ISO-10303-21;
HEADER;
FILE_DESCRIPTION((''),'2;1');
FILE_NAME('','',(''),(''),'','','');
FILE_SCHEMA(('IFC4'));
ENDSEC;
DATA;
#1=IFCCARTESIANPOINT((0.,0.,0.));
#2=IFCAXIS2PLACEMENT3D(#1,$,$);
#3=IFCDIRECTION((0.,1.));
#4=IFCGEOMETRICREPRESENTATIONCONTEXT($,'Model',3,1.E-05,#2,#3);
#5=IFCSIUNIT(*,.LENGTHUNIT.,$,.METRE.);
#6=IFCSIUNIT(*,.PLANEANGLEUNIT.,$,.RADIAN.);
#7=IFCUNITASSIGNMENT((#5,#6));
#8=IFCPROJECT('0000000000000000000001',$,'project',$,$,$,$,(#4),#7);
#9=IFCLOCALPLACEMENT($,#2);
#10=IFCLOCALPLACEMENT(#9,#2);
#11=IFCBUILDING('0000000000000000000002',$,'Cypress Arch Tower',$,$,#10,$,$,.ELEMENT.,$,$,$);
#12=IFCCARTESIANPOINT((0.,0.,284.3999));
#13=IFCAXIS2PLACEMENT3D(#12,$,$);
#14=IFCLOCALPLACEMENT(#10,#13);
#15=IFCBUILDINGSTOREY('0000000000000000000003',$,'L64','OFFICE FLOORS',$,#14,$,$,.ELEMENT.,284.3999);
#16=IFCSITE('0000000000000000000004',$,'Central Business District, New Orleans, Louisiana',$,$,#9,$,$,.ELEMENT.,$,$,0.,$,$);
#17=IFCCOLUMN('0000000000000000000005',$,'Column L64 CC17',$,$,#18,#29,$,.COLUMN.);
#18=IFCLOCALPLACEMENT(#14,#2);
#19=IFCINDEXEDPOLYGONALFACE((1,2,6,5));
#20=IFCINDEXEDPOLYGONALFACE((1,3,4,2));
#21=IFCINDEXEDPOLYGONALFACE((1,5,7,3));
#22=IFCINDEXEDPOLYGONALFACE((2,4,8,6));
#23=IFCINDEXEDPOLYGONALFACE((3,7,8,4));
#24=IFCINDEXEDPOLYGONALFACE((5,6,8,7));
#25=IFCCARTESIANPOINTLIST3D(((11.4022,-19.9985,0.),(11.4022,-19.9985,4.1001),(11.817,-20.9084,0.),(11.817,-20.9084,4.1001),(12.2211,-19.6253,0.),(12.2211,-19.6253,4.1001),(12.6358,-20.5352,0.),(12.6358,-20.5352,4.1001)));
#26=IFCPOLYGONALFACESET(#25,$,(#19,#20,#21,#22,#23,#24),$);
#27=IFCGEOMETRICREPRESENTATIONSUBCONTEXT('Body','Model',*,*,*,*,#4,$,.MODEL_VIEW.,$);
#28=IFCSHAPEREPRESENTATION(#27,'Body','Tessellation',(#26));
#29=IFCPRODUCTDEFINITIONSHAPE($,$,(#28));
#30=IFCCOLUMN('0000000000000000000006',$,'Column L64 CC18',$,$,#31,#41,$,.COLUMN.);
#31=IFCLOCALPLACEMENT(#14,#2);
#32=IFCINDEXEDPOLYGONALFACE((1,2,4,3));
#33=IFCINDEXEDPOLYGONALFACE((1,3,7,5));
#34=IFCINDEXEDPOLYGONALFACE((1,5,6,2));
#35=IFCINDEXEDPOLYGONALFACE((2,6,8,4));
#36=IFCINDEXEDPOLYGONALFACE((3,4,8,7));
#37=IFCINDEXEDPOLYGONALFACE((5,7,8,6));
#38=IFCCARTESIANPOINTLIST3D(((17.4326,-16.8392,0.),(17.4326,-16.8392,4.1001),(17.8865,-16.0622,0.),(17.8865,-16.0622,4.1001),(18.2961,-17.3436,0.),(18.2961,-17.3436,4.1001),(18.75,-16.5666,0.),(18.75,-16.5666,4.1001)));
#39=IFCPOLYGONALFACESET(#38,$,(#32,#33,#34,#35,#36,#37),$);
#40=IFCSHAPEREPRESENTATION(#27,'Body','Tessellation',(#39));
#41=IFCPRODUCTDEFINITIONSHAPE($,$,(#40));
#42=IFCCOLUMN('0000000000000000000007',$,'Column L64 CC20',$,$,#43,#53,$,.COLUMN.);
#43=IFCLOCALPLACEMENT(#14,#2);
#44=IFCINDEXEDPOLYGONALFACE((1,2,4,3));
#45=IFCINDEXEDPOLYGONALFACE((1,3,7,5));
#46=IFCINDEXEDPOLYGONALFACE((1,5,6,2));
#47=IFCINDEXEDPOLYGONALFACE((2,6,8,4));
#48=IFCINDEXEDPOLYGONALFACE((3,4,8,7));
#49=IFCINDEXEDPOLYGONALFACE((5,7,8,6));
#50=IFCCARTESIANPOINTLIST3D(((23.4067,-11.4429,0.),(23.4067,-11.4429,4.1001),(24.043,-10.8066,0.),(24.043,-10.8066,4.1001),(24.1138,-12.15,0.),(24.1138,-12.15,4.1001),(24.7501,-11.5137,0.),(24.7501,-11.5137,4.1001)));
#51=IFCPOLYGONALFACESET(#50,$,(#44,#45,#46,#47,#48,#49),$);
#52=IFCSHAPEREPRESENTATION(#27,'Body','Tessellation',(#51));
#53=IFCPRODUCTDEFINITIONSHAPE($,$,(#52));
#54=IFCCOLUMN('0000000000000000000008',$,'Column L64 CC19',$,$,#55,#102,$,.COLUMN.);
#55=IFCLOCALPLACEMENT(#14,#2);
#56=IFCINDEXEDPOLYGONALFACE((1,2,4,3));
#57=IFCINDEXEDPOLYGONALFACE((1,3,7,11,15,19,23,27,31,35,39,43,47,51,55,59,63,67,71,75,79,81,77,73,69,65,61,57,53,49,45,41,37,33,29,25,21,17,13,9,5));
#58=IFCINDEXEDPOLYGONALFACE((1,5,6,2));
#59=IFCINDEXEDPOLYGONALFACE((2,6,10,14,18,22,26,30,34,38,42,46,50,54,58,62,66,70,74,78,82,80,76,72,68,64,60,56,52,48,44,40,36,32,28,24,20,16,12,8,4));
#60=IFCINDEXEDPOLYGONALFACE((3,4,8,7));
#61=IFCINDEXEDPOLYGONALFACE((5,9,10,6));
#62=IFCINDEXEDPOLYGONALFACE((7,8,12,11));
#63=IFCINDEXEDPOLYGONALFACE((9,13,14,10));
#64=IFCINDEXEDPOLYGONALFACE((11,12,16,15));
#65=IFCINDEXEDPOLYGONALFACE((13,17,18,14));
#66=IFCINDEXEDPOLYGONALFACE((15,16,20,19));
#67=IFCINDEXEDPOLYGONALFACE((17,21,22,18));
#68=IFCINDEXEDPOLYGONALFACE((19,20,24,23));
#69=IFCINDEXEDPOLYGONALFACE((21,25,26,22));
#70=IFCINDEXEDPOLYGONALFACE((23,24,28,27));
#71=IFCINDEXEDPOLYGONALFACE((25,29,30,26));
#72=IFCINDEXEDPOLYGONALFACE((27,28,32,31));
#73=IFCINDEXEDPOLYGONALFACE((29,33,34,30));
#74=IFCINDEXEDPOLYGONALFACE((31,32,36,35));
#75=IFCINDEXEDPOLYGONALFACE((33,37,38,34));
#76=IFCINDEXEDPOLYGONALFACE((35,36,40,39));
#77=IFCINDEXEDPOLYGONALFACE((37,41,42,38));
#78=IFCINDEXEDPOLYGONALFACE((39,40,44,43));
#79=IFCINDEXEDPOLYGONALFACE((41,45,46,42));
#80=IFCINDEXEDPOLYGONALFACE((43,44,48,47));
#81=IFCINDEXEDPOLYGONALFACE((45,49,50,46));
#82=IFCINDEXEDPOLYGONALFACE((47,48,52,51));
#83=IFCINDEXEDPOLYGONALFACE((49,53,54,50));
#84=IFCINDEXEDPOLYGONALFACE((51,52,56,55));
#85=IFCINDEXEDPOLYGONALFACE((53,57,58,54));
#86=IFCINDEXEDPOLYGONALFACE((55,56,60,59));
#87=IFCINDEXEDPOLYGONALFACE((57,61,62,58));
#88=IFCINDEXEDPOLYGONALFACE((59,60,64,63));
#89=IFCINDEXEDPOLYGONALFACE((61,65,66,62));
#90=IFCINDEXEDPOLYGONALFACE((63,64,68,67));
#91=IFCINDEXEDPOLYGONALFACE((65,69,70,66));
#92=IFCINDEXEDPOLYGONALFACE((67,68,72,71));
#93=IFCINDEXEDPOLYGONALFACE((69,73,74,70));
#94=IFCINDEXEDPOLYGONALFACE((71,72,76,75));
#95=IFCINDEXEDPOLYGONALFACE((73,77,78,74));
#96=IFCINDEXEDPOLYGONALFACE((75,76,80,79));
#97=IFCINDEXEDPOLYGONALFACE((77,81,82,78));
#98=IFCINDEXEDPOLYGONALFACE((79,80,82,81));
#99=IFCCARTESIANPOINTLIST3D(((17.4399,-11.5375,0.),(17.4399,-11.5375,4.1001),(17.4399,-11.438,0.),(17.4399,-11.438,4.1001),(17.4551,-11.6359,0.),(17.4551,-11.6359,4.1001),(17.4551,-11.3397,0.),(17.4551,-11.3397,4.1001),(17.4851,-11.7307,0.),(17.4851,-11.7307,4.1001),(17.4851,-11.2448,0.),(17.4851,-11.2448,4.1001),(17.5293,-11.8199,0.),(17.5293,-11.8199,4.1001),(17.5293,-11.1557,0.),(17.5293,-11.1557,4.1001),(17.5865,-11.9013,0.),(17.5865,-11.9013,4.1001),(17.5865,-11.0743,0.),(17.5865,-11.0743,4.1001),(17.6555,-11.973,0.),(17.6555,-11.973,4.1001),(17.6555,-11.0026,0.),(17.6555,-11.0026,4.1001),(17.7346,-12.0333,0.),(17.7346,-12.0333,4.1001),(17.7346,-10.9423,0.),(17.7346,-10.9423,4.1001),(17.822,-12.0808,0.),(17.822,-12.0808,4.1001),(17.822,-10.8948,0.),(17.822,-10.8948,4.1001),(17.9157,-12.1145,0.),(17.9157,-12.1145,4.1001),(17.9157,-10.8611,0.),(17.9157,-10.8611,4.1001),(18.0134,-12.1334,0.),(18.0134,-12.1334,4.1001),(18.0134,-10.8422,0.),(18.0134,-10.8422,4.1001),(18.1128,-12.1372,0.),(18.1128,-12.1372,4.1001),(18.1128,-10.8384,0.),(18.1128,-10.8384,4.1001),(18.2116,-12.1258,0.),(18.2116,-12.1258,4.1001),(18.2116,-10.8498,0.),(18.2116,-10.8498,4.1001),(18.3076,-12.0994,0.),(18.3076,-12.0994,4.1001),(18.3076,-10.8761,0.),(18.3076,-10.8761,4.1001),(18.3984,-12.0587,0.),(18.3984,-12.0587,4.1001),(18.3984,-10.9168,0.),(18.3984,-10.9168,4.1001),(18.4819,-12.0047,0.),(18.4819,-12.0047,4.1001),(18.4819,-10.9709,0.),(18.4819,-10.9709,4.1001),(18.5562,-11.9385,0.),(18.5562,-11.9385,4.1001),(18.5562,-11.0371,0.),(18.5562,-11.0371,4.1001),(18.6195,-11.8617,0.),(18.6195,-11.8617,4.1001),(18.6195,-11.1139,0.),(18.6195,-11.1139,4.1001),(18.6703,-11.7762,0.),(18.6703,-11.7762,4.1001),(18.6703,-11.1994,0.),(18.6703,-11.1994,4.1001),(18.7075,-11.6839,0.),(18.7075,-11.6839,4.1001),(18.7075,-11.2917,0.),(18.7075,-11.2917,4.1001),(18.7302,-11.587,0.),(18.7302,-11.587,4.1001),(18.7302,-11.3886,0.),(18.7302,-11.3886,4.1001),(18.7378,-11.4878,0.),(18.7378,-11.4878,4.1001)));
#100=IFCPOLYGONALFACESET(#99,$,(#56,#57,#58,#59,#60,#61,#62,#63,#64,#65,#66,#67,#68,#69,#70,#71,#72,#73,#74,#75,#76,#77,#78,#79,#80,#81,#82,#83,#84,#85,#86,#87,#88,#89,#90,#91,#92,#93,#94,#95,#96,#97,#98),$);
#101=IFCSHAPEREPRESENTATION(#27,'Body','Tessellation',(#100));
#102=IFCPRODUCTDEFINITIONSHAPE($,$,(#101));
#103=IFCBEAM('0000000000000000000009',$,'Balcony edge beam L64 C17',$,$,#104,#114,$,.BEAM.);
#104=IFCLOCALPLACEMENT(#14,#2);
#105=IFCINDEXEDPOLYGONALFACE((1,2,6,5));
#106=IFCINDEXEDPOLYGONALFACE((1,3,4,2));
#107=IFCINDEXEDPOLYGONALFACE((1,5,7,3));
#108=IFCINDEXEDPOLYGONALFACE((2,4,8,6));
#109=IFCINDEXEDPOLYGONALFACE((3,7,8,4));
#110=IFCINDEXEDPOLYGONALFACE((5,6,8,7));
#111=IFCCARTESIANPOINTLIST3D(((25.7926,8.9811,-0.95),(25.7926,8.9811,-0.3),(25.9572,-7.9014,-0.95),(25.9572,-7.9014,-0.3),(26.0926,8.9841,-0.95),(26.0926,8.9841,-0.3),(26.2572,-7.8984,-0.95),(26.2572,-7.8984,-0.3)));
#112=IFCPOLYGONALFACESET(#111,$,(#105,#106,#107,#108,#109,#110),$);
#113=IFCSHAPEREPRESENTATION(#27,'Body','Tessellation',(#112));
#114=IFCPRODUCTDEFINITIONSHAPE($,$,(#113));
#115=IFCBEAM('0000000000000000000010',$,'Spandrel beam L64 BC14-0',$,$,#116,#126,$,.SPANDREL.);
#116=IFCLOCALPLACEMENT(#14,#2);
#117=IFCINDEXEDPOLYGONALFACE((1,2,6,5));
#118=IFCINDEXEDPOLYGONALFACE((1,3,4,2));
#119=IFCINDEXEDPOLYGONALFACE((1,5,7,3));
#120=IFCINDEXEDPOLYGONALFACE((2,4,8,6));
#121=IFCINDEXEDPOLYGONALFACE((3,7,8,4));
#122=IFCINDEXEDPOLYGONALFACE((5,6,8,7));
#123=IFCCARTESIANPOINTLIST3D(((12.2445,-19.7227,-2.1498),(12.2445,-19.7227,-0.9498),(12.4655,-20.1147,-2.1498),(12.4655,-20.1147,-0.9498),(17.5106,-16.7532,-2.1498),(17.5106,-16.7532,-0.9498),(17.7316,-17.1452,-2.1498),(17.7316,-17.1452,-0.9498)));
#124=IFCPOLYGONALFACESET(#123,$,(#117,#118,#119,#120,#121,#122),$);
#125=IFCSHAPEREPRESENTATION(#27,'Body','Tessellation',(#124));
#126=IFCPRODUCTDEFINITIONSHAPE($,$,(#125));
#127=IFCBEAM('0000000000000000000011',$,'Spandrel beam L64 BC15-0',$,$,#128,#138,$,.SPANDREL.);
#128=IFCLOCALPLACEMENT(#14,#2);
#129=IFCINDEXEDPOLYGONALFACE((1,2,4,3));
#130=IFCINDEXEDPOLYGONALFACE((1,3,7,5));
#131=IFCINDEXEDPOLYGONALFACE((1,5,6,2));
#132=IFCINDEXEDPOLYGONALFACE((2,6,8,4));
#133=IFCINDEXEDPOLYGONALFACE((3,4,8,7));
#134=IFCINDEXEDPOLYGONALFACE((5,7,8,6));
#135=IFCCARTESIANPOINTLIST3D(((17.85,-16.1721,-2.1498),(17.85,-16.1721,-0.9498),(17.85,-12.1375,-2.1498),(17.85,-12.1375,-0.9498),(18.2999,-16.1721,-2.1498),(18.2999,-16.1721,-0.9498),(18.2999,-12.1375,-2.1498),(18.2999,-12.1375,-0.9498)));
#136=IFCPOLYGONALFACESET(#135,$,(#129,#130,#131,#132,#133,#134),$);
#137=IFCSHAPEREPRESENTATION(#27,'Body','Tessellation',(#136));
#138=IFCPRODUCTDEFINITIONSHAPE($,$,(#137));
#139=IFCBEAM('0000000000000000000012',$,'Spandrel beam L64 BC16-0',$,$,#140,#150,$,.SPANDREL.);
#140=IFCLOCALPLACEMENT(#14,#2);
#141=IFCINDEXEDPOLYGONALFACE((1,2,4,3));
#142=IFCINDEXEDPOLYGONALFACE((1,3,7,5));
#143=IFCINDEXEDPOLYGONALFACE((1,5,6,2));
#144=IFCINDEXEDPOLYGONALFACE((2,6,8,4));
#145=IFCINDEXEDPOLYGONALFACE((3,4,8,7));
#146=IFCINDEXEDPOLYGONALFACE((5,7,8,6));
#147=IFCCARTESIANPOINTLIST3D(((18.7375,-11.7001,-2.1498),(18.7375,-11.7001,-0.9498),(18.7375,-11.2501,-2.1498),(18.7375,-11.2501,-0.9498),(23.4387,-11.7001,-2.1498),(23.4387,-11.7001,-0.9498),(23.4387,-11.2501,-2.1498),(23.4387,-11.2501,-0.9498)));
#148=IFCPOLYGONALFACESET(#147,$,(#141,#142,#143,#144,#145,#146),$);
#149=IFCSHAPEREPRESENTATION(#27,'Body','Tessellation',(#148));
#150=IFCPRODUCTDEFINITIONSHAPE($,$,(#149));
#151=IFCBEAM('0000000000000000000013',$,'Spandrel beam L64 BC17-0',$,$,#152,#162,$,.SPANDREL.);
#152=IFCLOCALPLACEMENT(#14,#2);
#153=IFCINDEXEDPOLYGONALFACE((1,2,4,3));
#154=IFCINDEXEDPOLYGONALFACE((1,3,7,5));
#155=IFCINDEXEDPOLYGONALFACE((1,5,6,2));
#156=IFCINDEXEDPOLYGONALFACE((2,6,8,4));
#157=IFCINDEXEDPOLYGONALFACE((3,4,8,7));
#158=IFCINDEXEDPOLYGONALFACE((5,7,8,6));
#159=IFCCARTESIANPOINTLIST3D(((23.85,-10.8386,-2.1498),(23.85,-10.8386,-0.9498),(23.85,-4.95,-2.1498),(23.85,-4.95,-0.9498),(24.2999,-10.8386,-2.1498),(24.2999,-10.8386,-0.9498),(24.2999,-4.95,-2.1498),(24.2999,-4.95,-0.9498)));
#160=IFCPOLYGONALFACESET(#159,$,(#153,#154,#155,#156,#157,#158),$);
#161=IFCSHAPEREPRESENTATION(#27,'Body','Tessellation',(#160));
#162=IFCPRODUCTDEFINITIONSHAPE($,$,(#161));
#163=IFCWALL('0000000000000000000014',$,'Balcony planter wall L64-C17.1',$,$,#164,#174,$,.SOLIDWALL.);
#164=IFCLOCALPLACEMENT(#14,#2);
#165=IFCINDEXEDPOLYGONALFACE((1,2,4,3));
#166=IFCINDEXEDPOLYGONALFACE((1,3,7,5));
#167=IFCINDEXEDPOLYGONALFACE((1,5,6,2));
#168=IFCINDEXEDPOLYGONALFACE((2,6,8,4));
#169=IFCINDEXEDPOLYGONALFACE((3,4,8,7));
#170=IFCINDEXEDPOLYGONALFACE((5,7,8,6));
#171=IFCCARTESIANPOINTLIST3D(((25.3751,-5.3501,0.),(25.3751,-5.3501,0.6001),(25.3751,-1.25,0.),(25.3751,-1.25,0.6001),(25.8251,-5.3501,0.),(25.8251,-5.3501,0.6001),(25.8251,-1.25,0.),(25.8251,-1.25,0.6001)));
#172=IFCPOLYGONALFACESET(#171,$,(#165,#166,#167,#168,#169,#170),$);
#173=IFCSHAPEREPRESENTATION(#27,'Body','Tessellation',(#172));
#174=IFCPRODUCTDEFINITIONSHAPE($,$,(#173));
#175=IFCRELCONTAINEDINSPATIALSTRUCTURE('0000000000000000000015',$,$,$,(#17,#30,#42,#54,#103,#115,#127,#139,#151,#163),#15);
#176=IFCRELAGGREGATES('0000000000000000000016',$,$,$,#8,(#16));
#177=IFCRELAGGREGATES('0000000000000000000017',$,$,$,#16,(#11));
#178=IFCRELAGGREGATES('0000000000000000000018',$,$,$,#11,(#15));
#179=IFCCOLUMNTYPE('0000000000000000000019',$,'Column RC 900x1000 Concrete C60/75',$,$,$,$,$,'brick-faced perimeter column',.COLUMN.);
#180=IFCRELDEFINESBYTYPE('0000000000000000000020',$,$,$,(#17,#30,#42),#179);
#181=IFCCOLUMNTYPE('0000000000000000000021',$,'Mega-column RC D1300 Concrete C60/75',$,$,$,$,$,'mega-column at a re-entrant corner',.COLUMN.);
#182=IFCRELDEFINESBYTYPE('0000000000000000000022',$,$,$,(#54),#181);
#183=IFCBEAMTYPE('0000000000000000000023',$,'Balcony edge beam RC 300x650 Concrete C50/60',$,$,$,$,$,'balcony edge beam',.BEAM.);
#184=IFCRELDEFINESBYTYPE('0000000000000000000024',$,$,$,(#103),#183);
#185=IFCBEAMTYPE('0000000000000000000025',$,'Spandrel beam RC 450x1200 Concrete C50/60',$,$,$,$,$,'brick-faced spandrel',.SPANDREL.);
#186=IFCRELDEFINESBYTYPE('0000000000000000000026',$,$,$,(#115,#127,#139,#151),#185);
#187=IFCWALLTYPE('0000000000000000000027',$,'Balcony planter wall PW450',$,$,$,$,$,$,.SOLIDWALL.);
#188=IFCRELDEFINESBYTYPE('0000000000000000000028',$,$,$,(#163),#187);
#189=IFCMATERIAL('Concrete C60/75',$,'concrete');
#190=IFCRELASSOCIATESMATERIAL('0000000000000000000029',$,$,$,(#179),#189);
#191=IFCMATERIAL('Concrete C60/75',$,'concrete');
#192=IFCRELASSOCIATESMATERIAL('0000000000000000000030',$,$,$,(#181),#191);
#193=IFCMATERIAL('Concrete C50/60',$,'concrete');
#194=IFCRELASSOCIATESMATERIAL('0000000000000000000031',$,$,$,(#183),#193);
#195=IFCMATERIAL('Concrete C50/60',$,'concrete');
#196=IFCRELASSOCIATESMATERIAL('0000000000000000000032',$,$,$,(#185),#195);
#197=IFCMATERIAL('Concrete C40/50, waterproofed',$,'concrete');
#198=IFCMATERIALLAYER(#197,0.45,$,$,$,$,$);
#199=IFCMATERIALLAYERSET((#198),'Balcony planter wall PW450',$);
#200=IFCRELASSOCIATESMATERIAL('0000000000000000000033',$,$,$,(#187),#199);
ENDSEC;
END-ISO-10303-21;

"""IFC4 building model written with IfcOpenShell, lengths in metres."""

from ifc_helpers import new_model, si_unit, direction, frame, frame_2d, origin, origin_2d, place, context, subcontext, project, spatial, rectangle, circle, extrude, material, layer, layer_set, material_profile, profile_set, type_object, element, save


model = new_model("IFC4")

# Units and contexts
model_context = context("Model", 3, precision=1e-05, world=origin(), true_north=direction((0.0, 1.0)))
body_context = subcontext(model_context, "Body", "Model", "MODEL_VIEW")
ifc_project = project(units=[si_unit("LENGTHUNIT", "METRE"), si_unit("PLANEANGLEUNIT", "RADIAN")], contexts=[model_context])

# Site, building, storey
site_placement = place(None, origin())
site = spatial("IfcSite", under=ifc_project, at=site_placement, Name="Central Business District, New Orleans, Louisiana", CompositionType="ELEMENT", RefElevation=0.0)
building_placement = place(site_placement, origin())
building = spatial("IfcBuilding", under=site, at=building_placement, Name="Cypress Arch Tower", CompositionType="ELEMENT")
storey_placement = place(building_placement, frame((0.0, 0.0, 284.3999)))
storey = spatial("IfcBuildingStorey", under=building, at=storey_placement, Name="L64", Description="OFFICE FLOORS", CompositionType="ELEMENT", Elevation=284.3999)

# Columns
ifc_material_1 = material(Name="Concrete C60/75", Category="concrete")
ifc_material_profile_1 = material_profile(ifc_material_1, rectangle(XDim=0.8999, YDim=1.0, at=origin_2d()), Name="RC 900x1000")
ifc_profile_set_1 = profile_set([ifc_material_profile_1], Name="Concrete C60/75")
column_type_1 = type_object("IfcColumnType", Name="Column RC 900x1000 Concrete C60/75", ElementType="brick-faced perimeter column", PredefinedType="COLUMN", material=ifc_profile_set_1)
for number, where, z_axis, x_axis, name in (
    (1, (12.019, -20.2668, 0.0), (0.0, 0.0, 1.0), (0.909932, 0.414757, 0.0), "Column L64 CC17"),
    (2, (18.0913, -16.7029, 0.0), (0.0, 0.0, 1.0), (0.504399, 0.863471, 0.0), "Column L64 CC18"),
    (3, (24.0784, -11.4783, 0.0), (0.0, 0.0, 1.0), (0.707107, 0.707107, 0.0), "Column L64 CC20"),
):
    element("IfcColumn", number, at=place(storey_placement, frame(where, z_axis=z_axis, x_axis=x_axis)), inside=storey, type_object=column_type_1, Name=name, PredefinedType="COLUMN", context=body_context, shape_type="SweptSolid", body=[
        extrude(rectangle(XDim=0.8999, YDim=1.0, at=origin_2d()), origin(), (0.0, 0.0, 1.0), 4.1001),
    ])
ifc_material_2 = material(Name="Concrete C60/75", Category="concrete")
ifc_material_profile_2 = material_profile(ifc_material_2, circle(Radius=0.6499, at=origin_2d()), Name="RC D1300")
ifc_profile_set_2 = profile_set([ifc_material_profile_2], Name="Concrete C60/75")
column_type_2 = type_object("IfcColumnType", Name="Mega-column RC D1300 Concrete C60/75", ElementType="mega-column at a re-entrant corner", PredefinedType="COLUMN", material=ifc_profile_set_2)
column_placement = place(storey_placement, frame((18.0879, -11.4878, 0.0), z_axis=(0.0, 0.0, 1.0), x_axis=(1.0, 0.0, 0.0)))
element("IfcColumn", 4, at=column_placement, inside=storey, type_object=column_type_2, Name="Column L64 CC19", PredefinedType="COLUMN", context=body_context, shape_type="SweptSolid", body=[
    extrude(circle(Radius=0.6499, at=origin_2d()), origin(), (0.0, 0.0, 1.0), 4.1001),
])

# Beams
ifc_material_3 = material(Name="Concrete C50/60", Category="concrete")
ifc_material_profile_3 = material_profile(ifc_material_3, rectangle(XDim=0.3, YDim=0.6499, at=origin_2d()), Name="RC 300x650")
ifc_profile_set_3 = profile_set([ifc_material_profile_3], Name="Concrete C50/60")
beam_type_1 = type_object("IfcBeamType", Name="Balcony edge beam RC 300x650 Concrete C50/60", ElementType="balcony edge beam", PredefinedType="BEAM", material=ifc_profile_set_3)
beam_1_placement = place(storey_placement, frame((26.1072, -7.8999, -0.625), z_axis=(-0.009746, 0.999953, 0.0), x_axis=(-0.999953, -0.009746, 0.0)))
element("IfcBeam", 5, at=beam_1_placement, inside=storey, type_object=beam_type_1, Name="Balcony edge beam L64 C17", PredefinedType="BEAM", context=body_context, shape_type="SweptSolid", body=[
    extrude(rectangle(XDim=0.3, YDim=0.6499, at=origin_2d()), origin(), (0.0, 0.0, 1.0), 16.8833),
])
ifc_material_4 = material(Name="Concrete C50/60", Category="concrete")
ifc_material_profile_4 = material_profile(ifc_material_4, rectangle(XDim=0.45, YDim=1.2, at=origin_2d()), Name="RC 450x1200")
ifc_profile_set_4 = profile_set([ifc_material_profile_4], Name="Concrete C50/60")
beam_type_2 = type_object("IfcBeamType", Name="Spandrel beam RC 450x1200 Concrete C50/60", ElementType="brick-faced spandrel", PredefinedType="SPANDREL", material=ifc_profile_set_4)
beam_2_placement = place(storey_placement, frame((12.355, -19.9187, -1.5498), z_axis=(0.87106, 0.491177, 0.0), x_axis=(-0.491177, 0.87106, 0.0)))
element("IfcBeam", 6, at=beam_2_placement, inside=storey, type_object=beam_type_2, Name="Spandrel beam L64 BC14-0", PredefinedType="SPANDREL", context=body_context, shape_type="SweptSolid", body=[
    extrude(rectangle(XDim=0.45, YDim=1.2, at=origin_2d()), origin(), (0.0, 0.0, 1.0), 6.0457),
])
beam_3_placement = place(storey_placement, frame((18.075, -16.1721, -1.5498), z_axis=(0.0, 1.0, 0.0), x_axis=(-1.0, 0.0, 0.0)))
element("IfcBeam", 7, at=beam_3_placement, inside=storey, type_object=beam_type_2, Name="Spandrel beam L64 BC15-0", PredefinedType="SPANDREL", context=body_context, shape_type="SweptSolid", body=[
    extrude(rectangle(XDim=0.45, YDim=1.2, at=origin_2d()), origin(), (0.0, 0.0, 1.0), 4.0347),
])
beam_4_placement = place(storey_placement, frame((18.7375, -11.4751, -1.5498), z_axis=(1.0, 0.0, 0.0), x_axis=(0.0, 1.0, 0.0)))
element("IfcBeam", 8, at=beam_4_placement, inside=storey, type_object=beam_type_2, Name="Spandrel beam L64 BC16-0", PredefinedType="SPANDREL", context=body_context, shape_type="SweptSolid", body=[
    extrude(rectangle(XDim=0.45, YDim=1.2, at=origin_2d()), origin(), (0.0, 0.0, 1.0), 4.7012),
])
beam_5_placement = place(storey_placement, frame((24.075, -10.8386, -1.5498), z_axis=(0.0, 1.0, 0.0), x_axis=(-1.0, 0.0, 0.0)))
element("IfcBeam", 9, at=beam_5_placement, inside=storey, type_object=beam_type_2, Name="Spandrel beam L64 BC17-0", PredefinedType="SPANDREL", context=body_context, shape_type="SweptSolid", body=[
    extrude(rectangle(XDim=0.45, YDim=1.2, at=origin_2d()), origin(), (0.0, 0.0, 1.0), 5.8887),
])

# Wall
ifc_material_5 = material(Name="Concrete C40/50, waterproofed", Category="concrete")
ifc_layer_1 = layer(ifc_material_5, 0.45)
ifc_layer_set_1 = layer_set([ifc_layer_1], Name="Balcony planter wall PW450")
wall_type_1 = type_object("IfcWallType", Name="Balcony planter wall PW450", PredefinedType="SOLIDWALL", material=ifc_layer_set_1)
wall_1_placement = place(storey_placement, frame((25.6001, -5.3501, 0.0), z_axis=(0.0, 0.0, 1.0), x_axis=(0.0, 1.0, 0.0)))
element("IfcWall", 10, at=wall_1_placement, inside=storey, type_object=wall_type_1, Name="Balcony planter wall L64-C17.1", PredefinedType="SOLIDWALL", context=body_context, shape_type="SweptSolid", body=[
    extrude(rectangle(XDim=4.1001, YDim=0.45, at=frame_2d((2.05, 0.0))), origin(), (0.0, 0.0, 1.0), 0.6001),
])

save(model, "model.ifc")
